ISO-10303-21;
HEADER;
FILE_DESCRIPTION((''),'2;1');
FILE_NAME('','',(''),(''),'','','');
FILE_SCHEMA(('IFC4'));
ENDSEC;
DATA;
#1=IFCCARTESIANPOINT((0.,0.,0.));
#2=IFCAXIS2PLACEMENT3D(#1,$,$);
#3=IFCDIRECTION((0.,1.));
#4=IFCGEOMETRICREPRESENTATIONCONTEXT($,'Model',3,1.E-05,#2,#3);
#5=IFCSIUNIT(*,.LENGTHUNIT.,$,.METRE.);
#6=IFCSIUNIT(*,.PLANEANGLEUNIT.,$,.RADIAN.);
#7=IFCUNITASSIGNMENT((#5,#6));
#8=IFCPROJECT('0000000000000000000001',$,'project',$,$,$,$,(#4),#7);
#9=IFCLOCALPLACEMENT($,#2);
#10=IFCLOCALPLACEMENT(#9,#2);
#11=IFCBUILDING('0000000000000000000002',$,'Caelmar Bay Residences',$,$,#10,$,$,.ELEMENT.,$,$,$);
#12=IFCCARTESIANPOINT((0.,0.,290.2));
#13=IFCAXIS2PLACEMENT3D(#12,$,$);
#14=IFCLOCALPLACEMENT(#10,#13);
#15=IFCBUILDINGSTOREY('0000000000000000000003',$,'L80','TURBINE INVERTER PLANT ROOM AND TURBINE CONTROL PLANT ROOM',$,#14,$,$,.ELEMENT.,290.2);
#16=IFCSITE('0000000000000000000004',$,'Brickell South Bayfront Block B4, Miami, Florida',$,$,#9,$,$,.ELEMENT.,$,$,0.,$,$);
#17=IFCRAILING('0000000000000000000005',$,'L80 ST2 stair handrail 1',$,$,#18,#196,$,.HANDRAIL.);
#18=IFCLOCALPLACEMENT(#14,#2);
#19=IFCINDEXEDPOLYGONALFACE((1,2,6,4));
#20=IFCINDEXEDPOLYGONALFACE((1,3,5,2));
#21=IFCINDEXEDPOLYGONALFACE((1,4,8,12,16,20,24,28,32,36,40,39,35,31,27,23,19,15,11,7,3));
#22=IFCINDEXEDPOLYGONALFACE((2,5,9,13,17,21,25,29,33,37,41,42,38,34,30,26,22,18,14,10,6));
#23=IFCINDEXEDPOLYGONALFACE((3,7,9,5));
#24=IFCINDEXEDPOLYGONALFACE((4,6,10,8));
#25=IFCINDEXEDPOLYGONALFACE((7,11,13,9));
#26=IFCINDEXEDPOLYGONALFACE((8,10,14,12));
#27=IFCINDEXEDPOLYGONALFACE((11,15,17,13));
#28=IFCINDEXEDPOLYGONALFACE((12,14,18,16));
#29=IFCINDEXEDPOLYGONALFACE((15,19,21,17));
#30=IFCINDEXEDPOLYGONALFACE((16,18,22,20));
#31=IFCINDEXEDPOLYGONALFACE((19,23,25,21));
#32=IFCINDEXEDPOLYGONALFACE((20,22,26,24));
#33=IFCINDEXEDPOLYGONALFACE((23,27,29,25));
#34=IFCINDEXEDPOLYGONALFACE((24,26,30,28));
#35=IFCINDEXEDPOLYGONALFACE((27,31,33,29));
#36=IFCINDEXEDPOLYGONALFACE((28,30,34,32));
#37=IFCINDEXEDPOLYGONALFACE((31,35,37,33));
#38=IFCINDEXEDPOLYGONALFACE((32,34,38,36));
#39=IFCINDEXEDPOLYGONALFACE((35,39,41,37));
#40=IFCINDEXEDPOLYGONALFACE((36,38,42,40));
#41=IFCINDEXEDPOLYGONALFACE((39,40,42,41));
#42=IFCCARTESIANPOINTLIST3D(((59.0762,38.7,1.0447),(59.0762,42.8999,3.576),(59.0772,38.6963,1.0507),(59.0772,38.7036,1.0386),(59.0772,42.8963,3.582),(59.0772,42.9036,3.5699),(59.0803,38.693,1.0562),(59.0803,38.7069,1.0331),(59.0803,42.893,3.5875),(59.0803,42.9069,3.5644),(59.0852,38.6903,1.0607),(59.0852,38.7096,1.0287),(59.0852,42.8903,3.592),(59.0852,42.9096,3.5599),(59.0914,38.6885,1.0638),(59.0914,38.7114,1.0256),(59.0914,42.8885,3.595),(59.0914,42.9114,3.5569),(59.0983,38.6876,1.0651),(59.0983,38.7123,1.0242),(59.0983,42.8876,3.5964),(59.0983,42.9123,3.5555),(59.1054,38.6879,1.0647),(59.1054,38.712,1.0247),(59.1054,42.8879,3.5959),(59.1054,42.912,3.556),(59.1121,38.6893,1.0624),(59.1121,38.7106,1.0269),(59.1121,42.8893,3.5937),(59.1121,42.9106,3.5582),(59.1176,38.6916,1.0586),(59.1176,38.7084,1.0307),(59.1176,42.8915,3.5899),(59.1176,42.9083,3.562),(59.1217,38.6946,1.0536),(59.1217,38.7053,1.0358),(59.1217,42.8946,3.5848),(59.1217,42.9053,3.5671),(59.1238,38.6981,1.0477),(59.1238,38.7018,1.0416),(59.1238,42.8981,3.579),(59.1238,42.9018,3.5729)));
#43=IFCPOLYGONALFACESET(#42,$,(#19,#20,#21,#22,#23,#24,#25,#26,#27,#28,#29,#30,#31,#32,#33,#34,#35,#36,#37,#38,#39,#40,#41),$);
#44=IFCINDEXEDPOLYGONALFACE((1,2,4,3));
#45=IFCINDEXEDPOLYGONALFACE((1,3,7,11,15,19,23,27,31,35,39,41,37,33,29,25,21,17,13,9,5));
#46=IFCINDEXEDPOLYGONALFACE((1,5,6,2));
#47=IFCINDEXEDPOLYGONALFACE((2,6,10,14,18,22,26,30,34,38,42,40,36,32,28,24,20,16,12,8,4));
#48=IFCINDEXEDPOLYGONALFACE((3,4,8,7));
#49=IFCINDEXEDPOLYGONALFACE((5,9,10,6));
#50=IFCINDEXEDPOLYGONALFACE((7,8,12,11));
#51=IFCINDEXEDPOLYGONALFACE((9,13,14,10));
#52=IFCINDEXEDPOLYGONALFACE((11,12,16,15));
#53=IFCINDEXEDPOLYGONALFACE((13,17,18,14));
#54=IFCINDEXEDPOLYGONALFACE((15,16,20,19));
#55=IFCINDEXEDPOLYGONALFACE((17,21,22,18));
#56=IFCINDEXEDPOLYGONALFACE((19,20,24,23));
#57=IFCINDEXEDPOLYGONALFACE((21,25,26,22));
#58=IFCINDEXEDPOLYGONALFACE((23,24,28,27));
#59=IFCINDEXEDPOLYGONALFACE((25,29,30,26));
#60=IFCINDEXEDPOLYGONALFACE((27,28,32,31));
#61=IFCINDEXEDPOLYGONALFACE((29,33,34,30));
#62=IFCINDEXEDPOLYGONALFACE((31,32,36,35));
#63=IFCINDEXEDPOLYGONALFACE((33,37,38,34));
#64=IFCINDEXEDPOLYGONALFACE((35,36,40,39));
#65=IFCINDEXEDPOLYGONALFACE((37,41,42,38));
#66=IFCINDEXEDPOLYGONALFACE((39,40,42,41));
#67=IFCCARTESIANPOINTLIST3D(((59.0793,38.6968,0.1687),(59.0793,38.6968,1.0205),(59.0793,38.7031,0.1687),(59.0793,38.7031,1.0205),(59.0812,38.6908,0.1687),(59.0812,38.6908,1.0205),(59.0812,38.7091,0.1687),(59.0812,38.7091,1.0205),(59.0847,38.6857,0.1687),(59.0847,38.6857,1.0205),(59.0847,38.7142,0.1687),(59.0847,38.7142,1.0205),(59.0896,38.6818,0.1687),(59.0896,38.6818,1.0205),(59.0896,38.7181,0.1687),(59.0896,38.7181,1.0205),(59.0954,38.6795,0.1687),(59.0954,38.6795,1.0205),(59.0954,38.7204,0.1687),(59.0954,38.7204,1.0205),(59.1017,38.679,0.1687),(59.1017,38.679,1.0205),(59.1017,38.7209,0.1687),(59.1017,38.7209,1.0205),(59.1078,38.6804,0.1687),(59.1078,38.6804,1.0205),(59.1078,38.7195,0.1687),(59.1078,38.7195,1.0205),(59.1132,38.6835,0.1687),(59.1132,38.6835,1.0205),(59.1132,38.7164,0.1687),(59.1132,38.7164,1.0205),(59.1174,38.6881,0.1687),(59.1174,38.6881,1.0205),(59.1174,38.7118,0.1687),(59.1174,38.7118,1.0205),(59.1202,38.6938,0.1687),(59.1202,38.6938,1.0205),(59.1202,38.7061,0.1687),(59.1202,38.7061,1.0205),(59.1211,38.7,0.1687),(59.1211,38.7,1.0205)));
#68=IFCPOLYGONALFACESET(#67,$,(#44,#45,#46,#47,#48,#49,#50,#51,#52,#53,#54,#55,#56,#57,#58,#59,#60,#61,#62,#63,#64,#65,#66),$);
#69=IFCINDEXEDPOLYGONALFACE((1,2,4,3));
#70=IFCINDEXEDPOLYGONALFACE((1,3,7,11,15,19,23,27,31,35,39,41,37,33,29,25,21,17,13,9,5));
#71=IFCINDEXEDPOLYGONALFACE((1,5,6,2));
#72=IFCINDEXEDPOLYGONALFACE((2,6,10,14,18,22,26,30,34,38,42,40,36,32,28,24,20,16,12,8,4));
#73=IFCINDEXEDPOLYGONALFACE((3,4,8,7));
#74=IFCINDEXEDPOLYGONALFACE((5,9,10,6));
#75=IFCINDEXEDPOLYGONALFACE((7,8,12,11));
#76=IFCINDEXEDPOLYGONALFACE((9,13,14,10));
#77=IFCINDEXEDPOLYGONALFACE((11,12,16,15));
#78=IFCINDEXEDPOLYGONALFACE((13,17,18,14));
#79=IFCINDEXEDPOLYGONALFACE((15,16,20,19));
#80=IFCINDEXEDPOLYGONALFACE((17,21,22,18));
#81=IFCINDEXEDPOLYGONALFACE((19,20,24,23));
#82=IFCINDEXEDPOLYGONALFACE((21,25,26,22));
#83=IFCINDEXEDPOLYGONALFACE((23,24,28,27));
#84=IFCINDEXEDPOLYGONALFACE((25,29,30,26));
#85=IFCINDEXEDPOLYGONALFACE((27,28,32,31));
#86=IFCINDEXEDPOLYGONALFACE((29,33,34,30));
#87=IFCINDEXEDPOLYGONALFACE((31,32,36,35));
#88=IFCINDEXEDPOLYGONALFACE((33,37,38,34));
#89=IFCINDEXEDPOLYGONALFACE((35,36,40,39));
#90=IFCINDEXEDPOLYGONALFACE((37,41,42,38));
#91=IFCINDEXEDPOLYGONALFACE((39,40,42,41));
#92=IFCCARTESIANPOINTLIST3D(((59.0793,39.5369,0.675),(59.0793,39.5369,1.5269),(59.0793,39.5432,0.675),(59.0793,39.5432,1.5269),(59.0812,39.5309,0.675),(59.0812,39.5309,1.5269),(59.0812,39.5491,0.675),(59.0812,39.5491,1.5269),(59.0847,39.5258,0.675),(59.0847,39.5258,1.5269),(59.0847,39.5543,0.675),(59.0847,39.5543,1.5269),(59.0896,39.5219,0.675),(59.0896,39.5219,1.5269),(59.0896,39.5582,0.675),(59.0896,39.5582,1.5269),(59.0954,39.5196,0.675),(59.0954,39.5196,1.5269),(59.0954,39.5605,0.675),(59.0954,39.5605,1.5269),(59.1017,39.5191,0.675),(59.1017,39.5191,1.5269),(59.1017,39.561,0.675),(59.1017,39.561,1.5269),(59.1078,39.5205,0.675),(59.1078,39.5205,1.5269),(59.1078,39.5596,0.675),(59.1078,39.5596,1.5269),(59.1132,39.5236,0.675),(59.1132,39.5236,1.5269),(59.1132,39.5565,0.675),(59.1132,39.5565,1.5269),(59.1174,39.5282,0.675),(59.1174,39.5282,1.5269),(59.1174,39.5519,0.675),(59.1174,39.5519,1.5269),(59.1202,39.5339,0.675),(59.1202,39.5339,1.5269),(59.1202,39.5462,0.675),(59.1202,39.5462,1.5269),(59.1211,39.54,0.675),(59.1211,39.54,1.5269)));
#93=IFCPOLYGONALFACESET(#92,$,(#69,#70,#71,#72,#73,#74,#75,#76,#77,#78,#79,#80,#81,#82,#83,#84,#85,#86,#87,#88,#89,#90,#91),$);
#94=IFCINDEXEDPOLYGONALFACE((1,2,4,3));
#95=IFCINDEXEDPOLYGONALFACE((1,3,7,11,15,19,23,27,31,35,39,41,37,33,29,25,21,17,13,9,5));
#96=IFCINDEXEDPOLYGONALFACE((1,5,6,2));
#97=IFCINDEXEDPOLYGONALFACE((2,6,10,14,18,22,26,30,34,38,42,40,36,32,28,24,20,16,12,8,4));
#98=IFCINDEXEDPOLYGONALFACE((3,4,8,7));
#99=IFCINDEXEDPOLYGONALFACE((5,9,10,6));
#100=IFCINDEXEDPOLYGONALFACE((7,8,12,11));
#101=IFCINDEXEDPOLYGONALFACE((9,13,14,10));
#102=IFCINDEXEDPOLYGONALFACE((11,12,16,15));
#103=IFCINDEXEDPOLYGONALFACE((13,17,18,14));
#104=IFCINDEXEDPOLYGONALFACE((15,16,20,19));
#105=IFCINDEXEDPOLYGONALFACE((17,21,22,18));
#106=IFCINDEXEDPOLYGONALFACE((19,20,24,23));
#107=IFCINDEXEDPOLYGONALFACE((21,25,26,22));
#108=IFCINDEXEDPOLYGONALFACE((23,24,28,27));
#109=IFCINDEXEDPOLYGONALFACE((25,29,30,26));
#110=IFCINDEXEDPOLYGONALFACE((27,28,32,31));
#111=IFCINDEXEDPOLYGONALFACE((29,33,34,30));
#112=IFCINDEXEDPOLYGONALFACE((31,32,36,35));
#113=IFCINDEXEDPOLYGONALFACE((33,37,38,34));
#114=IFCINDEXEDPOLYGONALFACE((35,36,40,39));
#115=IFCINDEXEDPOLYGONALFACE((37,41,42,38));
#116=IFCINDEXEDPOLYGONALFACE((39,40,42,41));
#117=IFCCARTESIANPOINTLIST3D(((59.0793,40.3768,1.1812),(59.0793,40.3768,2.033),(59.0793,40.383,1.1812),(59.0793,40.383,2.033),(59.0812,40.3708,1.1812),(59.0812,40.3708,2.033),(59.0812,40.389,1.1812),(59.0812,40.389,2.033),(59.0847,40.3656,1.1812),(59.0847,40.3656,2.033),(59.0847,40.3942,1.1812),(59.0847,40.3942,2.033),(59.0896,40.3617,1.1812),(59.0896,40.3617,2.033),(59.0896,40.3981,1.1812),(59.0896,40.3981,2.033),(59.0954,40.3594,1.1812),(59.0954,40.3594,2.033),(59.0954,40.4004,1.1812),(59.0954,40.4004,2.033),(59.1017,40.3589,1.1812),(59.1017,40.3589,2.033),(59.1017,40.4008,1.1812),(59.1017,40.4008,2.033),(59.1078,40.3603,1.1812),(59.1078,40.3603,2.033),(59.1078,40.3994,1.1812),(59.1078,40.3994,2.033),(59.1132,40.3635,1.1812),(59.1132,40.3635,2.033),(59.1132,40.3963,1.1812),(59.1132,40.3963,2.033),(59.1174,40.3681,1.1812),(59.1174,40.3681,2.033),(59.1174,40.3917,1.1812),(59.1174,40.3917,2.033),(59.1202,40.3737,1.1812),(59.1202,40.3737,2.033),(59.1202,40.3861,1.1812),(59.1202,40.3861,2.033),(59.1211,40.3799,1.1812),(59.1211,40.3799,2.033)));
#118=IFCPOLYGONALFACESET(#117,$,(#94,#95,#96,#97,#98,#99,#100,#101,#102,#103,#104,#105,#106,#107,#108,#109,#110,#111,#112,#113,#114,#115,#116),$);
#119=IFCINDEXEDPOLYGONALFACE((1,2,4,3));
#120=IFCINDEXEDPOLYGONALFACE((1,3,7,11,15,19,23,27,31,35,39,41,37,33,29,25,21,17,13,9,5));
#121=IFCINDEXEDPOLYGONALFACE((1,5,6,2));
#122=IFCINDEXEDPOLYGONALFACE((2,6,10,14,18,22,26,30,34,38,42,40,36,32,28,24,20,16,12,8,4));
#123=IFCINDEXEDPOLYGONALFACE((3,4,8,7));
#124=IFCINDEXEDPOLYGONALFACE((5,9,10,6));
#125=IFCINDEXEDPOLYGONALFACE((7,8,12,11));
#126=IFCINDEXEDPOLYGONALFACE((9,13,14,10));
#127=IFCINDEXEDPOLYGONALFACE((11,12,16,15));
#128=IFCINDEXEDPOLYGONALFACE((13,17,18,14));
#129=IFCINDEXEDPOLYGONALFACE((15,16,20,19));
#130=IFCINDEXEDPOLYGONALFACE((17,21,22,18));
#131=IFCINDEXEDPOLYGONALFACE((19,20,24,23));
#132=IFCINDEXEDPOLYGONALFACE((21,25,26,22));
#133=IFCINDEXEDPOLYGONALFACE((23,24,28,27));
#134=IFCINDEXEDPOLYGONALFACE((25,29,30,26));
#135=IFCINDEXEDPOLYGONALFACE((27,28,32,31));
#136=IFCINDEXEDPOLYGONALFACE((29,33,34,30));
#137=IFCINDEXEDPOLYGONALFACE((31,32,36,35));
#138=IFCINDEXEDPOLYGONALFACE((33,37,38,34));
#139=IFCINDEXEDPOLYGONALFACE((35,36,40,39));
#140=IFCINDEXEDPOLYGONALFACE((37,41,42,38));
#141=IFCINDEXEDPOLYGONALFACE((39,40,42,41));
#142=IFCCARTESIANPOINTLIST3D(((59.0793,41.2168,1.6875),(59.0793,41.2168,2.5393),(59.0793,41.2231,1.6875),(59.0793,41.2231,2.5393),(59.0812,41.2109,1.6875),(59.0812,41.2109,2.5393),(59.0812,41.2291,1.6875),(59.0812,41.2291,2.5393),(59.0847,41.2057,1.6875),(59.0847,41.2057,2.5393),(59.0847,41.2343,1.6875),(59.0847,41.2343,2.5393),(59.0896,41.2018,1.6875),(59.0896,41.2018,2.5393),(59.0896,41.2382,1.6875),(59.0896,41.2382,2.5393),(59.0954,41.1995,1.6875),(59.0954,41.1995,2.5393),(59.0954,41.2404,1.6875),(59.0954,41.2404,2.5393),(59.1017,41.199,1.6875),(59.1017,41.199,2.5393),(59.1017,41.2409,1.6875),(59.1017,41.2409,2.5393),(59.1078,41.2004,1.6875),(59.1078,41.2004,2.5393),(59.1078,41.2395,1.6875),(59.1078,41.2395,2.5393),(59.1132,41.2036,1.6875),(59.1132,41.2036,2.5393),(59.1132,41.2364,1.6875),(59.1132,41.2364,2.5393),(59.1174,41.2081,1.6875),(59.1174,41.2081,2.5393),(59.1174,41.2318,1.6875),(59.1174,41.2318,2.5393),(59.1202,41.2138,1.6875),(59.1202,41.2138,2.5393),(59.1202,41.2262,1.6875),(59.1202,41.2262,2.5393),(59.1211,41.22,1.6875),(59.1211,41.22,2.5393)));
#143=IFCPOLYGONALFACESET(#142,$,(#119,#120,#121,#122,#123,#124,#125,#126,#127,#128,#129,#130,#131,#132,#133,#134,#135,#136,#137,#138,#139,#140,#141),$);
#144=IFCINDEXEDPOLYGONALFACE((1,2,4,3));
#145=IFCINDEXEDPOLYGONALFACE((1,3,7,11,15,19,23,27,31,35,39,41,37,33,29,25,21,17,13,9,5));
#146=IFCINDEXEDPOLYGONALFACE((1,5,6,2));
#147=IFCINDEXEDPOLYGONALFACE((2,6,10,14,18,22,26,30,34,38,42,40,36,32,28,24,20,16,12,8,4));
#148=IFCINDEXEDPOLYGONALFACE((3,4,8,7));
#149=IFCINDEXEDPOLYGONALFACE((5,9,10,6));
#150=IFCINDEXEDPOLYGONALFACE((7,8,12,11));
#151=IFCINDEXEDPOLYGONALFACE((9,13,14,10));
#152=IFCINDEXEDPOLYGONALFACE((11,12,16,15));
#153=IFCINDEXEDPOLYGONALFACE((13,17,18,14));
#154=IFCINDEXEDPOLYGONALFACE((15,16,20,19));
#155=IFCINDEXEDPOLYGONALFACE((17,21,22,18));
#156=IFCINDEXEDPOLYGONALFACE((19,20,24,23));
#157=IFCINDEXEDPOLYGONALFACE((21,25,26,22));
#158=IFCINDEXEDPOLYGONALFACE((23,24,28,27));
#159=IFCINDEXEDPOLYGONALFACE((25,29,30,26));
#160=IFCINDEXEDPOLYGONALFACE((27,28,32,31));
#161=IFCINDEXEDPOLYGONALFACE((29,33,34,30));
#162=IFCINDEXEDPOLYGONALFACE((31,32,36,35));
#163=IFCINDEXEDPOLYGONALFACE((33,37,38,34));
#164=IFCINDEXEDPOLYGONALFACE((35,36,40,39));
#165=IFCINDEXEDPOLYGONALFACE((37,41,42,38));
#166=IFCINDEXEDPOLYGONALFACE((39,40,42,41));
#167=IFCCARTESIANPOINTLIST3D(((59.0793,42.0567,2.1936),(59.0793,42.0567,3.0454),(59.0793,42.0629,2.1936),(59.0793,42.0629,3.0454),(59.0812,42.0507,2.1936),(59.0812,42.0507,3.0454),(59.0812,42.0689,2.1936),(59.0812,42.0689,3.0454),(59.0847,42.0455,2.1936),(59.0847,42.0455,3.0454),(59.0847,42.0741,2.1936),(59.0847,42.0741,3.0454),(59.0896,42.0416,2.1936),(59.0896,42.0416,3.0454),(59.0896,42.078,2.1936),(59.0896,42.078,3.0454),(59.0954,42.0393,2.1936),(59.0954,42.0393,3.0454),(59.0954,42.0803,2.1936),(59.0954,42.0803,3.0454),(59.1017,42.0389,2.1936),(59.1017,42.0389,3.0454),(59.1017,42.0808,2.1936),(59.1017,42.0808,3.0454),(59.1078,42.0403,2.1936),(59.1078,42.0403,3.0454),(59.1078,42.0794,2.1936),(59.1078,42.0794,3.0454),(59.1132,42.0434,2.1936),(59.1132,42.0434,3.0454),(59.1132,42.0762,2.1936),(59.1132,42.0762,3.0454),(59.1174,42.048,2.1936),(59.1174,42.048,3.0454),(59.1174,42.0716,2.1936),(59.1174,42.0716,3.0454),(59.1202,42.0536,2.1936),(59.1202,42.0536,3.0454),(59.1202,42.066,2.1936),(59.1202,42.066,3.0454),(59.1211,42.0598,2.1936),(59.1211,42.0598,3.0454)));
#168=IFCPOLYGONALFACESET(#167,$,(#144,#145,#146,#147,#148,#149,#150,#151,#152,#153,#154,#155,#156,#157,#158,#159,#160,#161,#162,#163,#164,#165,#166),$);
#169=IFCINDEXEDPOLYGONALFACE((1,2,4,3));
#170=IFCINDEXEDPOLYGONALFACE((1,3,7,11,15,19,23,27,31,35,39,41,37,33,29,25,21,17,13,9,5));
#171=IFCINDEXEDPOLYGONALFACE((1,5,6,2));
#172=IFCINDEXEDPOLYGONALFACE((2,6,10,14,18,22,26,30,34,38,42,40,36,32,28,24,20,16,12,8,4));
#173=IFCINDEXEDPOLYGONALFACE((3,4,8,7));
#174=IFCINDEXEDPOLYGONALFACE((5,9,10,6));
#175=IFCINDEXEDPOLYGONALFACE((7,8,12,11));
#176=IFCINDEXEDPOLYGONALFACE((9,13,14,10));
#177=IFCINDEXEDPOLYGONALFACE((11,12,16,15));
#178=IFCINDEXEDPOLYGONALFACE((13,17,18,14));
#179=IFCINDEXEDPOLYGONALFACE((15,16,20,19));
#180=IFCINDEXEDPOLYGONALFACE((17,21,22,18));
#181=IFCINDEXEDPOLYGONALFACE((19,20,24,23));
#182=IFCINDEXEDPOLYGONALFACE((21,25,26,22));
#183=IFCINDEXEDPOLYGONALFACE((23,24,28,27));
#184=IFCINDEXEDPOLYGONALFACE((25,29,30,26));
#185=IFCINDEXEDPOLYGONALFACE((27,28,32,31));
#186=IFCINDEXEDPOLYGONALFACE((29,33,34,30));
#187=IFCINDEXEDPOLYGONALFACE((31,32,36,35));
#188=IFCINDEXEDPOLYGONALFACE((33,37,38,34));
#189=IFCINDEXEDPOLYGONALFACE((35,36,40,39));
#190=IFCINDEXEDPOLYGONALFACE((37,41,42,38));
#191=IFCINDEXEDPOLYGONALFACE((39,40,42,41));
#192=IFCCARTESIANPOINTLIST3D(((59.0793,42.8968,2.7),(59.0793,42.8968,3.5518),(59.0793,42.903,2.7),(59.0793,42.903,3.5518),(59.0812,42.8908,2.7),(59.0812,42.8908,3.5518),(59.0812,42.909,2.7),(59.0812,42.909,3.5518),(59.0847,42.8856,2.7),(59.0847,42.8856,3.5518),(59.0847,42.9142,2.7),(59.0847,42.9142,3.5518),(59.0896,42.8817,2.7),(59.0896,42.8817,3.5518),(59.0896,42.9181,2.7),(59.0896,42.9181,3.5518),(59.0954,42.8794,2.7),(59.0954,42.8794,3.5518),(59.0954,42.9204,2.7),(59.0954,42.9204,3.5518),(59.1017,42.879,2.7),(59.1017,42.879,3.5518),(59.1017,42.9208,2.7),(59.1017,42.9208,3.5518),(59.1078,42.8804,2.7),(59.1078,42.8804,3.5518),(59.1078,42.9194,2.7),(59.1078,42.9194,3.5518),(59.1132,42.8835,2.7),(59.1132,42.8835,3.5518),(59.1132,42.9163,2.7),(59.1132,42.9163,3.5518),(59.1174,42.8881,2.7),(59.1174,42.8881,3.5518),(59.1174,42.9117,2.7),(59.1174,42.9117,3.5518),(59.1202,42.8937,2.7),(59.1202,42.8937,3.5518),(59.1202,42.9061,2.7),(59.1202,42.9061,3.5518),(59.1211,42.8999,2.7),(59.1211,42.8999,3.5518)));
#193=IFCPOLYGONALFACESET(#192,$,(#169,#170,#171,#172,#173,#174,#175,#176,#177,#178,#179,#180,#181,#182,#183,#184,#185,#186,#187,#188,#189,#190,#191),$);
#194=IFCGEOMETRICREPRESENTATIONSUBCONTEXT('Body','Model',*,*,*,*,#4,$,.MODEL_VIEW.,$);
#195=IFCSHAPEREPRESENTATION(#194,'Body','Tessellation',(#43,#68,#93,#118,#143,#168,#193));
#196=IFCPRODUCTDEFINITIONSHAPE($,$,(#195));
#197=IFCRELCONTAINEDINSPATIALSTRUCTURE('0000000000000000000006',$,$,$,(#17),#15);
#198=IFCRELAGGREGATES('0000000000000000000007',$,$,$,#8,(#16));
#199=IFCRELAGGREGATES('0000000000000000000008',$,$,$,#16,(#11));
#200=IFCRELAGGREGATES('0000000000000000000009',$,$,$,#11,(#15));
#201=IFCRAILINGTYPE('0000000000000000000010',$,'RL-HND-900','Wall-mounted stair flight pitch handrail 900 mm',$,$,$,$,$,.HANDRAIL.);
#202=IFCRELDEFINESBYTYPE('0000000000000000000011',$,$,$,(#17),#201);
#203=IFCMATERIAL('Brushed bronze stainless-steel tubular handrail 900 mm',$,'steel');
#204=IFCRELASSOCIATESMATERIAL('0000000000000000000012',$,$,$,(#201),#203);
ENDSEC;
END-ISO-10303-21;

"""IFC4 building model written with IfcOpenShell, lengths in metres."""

from ifc_helpers import new_model, si_unit, direction, frame, origin, origin_2d, place, context, subcontext, project, spatial, circle, extrude, material, type_object, element, save


model = new_model("IFC4")

# Units and contexts
model_context = context("Model", 3, precision=1e-05, world=origin(), true_north=direction((0.0, 1.0)))
body_context = subcontext(model_context, "Body", "Model", "MODEL_VIEW")
ifc_project = project(units=[si_unit("LENGTHUNIT", "METRE"), si_unit("PLANEANGLEUNIT", "RADIAN")], contexts=[model_context])

# Site, building, storey
site_placement = place(None, origin())
site = spatial("IfcSite", under=ifc_project, at=site_placement, Name="Brickell South Bayfront Block B4, Miami, Florida", CompositionType="ELEMENT", RefElevation=0.0)
building_placement = place(site_placement, origin())
building = spatial("IfcBuilding", under=site, at=building_placement, Name="Caelmar Bay Residences", CompositionType="ELEMENT")
storey_placement = place(building_placement, frame((0.0, 0.0, 290.2)))
storey = spatial("IfcBuildingStorey", under=building, at=storey_placement, Name="L80", Description="TURBINE INVERTER PLANT ROOM AND TURBINE CONTROL PLANT ROOM", CompositionType="ELEMENT", Elevation=290.2)

# Railing
ifc_material_1 = material(Name="Brushed bronze stainless-steel tubular handrail 900 mm", Category="steel")
railing_type_1 = type_object("IfcRailingType", Name="RL-HND-900", Description="Wall-mounted stair flight pitch handrail 900 mm", PredefinedType="HANDRAIL", material=ifc_material_1)
railing_1_placement = place(storey_placement, frame((59.1001, 38.7, 0.1687)))
element("IfcRailing", 1, at=railing_1_placement, inside=storey, type_object=railing_type_1, Name="L80 ST2 stair handrail 1", PredefinedType="HANDRAIL", context=body_context, shape_type="SweptSolid", body=[
    extrude(circle(Radius=0.0239, at=origin_2d()), frame((0.0, 0.0, 0.876), z_axis=(0.0, 0.856476, 0.516186), x_axis=(-1.0, 0.0, 0.0)), (0.0, 0.0, 1.0), 4.9038),
    extrude(circle(Radius=0.021, at=origin_2d()), origin(), (0.0, 0.0, 1.0), 0.8518),
    extrude(circle(Radius=0.021, at=origin_2d()), frame((0.0, 0.8401, 0.5063)), (0.0, 0.0, 1.0), 0.8518),
    extrude(circle(Radius=0.021, at=origin_2d()), frame((0.0, 1.6799, 1.0125)), (0.0, 0.0, 1.0), 0.8518),
    extrude(circle(Radius=0.021, at=origin_2d()), frame((0.0, 2.52, 1.5188)), (0.0, 0.0, 1.0), 0.8518),
    extrude(circle(Radius=0.021, at=origin_2d()), frame((0.0, 3.3599, 2.0249)), (0.0, 0.0, 1.0), 0.8518),
    extrude(circle(Radius=0.021, at=origin_2d()), frame((0.0, 4.2, 2.5312)), (0.0, 0.0, 1.0), 0.8518),
])

save(model, "model.ifc")
